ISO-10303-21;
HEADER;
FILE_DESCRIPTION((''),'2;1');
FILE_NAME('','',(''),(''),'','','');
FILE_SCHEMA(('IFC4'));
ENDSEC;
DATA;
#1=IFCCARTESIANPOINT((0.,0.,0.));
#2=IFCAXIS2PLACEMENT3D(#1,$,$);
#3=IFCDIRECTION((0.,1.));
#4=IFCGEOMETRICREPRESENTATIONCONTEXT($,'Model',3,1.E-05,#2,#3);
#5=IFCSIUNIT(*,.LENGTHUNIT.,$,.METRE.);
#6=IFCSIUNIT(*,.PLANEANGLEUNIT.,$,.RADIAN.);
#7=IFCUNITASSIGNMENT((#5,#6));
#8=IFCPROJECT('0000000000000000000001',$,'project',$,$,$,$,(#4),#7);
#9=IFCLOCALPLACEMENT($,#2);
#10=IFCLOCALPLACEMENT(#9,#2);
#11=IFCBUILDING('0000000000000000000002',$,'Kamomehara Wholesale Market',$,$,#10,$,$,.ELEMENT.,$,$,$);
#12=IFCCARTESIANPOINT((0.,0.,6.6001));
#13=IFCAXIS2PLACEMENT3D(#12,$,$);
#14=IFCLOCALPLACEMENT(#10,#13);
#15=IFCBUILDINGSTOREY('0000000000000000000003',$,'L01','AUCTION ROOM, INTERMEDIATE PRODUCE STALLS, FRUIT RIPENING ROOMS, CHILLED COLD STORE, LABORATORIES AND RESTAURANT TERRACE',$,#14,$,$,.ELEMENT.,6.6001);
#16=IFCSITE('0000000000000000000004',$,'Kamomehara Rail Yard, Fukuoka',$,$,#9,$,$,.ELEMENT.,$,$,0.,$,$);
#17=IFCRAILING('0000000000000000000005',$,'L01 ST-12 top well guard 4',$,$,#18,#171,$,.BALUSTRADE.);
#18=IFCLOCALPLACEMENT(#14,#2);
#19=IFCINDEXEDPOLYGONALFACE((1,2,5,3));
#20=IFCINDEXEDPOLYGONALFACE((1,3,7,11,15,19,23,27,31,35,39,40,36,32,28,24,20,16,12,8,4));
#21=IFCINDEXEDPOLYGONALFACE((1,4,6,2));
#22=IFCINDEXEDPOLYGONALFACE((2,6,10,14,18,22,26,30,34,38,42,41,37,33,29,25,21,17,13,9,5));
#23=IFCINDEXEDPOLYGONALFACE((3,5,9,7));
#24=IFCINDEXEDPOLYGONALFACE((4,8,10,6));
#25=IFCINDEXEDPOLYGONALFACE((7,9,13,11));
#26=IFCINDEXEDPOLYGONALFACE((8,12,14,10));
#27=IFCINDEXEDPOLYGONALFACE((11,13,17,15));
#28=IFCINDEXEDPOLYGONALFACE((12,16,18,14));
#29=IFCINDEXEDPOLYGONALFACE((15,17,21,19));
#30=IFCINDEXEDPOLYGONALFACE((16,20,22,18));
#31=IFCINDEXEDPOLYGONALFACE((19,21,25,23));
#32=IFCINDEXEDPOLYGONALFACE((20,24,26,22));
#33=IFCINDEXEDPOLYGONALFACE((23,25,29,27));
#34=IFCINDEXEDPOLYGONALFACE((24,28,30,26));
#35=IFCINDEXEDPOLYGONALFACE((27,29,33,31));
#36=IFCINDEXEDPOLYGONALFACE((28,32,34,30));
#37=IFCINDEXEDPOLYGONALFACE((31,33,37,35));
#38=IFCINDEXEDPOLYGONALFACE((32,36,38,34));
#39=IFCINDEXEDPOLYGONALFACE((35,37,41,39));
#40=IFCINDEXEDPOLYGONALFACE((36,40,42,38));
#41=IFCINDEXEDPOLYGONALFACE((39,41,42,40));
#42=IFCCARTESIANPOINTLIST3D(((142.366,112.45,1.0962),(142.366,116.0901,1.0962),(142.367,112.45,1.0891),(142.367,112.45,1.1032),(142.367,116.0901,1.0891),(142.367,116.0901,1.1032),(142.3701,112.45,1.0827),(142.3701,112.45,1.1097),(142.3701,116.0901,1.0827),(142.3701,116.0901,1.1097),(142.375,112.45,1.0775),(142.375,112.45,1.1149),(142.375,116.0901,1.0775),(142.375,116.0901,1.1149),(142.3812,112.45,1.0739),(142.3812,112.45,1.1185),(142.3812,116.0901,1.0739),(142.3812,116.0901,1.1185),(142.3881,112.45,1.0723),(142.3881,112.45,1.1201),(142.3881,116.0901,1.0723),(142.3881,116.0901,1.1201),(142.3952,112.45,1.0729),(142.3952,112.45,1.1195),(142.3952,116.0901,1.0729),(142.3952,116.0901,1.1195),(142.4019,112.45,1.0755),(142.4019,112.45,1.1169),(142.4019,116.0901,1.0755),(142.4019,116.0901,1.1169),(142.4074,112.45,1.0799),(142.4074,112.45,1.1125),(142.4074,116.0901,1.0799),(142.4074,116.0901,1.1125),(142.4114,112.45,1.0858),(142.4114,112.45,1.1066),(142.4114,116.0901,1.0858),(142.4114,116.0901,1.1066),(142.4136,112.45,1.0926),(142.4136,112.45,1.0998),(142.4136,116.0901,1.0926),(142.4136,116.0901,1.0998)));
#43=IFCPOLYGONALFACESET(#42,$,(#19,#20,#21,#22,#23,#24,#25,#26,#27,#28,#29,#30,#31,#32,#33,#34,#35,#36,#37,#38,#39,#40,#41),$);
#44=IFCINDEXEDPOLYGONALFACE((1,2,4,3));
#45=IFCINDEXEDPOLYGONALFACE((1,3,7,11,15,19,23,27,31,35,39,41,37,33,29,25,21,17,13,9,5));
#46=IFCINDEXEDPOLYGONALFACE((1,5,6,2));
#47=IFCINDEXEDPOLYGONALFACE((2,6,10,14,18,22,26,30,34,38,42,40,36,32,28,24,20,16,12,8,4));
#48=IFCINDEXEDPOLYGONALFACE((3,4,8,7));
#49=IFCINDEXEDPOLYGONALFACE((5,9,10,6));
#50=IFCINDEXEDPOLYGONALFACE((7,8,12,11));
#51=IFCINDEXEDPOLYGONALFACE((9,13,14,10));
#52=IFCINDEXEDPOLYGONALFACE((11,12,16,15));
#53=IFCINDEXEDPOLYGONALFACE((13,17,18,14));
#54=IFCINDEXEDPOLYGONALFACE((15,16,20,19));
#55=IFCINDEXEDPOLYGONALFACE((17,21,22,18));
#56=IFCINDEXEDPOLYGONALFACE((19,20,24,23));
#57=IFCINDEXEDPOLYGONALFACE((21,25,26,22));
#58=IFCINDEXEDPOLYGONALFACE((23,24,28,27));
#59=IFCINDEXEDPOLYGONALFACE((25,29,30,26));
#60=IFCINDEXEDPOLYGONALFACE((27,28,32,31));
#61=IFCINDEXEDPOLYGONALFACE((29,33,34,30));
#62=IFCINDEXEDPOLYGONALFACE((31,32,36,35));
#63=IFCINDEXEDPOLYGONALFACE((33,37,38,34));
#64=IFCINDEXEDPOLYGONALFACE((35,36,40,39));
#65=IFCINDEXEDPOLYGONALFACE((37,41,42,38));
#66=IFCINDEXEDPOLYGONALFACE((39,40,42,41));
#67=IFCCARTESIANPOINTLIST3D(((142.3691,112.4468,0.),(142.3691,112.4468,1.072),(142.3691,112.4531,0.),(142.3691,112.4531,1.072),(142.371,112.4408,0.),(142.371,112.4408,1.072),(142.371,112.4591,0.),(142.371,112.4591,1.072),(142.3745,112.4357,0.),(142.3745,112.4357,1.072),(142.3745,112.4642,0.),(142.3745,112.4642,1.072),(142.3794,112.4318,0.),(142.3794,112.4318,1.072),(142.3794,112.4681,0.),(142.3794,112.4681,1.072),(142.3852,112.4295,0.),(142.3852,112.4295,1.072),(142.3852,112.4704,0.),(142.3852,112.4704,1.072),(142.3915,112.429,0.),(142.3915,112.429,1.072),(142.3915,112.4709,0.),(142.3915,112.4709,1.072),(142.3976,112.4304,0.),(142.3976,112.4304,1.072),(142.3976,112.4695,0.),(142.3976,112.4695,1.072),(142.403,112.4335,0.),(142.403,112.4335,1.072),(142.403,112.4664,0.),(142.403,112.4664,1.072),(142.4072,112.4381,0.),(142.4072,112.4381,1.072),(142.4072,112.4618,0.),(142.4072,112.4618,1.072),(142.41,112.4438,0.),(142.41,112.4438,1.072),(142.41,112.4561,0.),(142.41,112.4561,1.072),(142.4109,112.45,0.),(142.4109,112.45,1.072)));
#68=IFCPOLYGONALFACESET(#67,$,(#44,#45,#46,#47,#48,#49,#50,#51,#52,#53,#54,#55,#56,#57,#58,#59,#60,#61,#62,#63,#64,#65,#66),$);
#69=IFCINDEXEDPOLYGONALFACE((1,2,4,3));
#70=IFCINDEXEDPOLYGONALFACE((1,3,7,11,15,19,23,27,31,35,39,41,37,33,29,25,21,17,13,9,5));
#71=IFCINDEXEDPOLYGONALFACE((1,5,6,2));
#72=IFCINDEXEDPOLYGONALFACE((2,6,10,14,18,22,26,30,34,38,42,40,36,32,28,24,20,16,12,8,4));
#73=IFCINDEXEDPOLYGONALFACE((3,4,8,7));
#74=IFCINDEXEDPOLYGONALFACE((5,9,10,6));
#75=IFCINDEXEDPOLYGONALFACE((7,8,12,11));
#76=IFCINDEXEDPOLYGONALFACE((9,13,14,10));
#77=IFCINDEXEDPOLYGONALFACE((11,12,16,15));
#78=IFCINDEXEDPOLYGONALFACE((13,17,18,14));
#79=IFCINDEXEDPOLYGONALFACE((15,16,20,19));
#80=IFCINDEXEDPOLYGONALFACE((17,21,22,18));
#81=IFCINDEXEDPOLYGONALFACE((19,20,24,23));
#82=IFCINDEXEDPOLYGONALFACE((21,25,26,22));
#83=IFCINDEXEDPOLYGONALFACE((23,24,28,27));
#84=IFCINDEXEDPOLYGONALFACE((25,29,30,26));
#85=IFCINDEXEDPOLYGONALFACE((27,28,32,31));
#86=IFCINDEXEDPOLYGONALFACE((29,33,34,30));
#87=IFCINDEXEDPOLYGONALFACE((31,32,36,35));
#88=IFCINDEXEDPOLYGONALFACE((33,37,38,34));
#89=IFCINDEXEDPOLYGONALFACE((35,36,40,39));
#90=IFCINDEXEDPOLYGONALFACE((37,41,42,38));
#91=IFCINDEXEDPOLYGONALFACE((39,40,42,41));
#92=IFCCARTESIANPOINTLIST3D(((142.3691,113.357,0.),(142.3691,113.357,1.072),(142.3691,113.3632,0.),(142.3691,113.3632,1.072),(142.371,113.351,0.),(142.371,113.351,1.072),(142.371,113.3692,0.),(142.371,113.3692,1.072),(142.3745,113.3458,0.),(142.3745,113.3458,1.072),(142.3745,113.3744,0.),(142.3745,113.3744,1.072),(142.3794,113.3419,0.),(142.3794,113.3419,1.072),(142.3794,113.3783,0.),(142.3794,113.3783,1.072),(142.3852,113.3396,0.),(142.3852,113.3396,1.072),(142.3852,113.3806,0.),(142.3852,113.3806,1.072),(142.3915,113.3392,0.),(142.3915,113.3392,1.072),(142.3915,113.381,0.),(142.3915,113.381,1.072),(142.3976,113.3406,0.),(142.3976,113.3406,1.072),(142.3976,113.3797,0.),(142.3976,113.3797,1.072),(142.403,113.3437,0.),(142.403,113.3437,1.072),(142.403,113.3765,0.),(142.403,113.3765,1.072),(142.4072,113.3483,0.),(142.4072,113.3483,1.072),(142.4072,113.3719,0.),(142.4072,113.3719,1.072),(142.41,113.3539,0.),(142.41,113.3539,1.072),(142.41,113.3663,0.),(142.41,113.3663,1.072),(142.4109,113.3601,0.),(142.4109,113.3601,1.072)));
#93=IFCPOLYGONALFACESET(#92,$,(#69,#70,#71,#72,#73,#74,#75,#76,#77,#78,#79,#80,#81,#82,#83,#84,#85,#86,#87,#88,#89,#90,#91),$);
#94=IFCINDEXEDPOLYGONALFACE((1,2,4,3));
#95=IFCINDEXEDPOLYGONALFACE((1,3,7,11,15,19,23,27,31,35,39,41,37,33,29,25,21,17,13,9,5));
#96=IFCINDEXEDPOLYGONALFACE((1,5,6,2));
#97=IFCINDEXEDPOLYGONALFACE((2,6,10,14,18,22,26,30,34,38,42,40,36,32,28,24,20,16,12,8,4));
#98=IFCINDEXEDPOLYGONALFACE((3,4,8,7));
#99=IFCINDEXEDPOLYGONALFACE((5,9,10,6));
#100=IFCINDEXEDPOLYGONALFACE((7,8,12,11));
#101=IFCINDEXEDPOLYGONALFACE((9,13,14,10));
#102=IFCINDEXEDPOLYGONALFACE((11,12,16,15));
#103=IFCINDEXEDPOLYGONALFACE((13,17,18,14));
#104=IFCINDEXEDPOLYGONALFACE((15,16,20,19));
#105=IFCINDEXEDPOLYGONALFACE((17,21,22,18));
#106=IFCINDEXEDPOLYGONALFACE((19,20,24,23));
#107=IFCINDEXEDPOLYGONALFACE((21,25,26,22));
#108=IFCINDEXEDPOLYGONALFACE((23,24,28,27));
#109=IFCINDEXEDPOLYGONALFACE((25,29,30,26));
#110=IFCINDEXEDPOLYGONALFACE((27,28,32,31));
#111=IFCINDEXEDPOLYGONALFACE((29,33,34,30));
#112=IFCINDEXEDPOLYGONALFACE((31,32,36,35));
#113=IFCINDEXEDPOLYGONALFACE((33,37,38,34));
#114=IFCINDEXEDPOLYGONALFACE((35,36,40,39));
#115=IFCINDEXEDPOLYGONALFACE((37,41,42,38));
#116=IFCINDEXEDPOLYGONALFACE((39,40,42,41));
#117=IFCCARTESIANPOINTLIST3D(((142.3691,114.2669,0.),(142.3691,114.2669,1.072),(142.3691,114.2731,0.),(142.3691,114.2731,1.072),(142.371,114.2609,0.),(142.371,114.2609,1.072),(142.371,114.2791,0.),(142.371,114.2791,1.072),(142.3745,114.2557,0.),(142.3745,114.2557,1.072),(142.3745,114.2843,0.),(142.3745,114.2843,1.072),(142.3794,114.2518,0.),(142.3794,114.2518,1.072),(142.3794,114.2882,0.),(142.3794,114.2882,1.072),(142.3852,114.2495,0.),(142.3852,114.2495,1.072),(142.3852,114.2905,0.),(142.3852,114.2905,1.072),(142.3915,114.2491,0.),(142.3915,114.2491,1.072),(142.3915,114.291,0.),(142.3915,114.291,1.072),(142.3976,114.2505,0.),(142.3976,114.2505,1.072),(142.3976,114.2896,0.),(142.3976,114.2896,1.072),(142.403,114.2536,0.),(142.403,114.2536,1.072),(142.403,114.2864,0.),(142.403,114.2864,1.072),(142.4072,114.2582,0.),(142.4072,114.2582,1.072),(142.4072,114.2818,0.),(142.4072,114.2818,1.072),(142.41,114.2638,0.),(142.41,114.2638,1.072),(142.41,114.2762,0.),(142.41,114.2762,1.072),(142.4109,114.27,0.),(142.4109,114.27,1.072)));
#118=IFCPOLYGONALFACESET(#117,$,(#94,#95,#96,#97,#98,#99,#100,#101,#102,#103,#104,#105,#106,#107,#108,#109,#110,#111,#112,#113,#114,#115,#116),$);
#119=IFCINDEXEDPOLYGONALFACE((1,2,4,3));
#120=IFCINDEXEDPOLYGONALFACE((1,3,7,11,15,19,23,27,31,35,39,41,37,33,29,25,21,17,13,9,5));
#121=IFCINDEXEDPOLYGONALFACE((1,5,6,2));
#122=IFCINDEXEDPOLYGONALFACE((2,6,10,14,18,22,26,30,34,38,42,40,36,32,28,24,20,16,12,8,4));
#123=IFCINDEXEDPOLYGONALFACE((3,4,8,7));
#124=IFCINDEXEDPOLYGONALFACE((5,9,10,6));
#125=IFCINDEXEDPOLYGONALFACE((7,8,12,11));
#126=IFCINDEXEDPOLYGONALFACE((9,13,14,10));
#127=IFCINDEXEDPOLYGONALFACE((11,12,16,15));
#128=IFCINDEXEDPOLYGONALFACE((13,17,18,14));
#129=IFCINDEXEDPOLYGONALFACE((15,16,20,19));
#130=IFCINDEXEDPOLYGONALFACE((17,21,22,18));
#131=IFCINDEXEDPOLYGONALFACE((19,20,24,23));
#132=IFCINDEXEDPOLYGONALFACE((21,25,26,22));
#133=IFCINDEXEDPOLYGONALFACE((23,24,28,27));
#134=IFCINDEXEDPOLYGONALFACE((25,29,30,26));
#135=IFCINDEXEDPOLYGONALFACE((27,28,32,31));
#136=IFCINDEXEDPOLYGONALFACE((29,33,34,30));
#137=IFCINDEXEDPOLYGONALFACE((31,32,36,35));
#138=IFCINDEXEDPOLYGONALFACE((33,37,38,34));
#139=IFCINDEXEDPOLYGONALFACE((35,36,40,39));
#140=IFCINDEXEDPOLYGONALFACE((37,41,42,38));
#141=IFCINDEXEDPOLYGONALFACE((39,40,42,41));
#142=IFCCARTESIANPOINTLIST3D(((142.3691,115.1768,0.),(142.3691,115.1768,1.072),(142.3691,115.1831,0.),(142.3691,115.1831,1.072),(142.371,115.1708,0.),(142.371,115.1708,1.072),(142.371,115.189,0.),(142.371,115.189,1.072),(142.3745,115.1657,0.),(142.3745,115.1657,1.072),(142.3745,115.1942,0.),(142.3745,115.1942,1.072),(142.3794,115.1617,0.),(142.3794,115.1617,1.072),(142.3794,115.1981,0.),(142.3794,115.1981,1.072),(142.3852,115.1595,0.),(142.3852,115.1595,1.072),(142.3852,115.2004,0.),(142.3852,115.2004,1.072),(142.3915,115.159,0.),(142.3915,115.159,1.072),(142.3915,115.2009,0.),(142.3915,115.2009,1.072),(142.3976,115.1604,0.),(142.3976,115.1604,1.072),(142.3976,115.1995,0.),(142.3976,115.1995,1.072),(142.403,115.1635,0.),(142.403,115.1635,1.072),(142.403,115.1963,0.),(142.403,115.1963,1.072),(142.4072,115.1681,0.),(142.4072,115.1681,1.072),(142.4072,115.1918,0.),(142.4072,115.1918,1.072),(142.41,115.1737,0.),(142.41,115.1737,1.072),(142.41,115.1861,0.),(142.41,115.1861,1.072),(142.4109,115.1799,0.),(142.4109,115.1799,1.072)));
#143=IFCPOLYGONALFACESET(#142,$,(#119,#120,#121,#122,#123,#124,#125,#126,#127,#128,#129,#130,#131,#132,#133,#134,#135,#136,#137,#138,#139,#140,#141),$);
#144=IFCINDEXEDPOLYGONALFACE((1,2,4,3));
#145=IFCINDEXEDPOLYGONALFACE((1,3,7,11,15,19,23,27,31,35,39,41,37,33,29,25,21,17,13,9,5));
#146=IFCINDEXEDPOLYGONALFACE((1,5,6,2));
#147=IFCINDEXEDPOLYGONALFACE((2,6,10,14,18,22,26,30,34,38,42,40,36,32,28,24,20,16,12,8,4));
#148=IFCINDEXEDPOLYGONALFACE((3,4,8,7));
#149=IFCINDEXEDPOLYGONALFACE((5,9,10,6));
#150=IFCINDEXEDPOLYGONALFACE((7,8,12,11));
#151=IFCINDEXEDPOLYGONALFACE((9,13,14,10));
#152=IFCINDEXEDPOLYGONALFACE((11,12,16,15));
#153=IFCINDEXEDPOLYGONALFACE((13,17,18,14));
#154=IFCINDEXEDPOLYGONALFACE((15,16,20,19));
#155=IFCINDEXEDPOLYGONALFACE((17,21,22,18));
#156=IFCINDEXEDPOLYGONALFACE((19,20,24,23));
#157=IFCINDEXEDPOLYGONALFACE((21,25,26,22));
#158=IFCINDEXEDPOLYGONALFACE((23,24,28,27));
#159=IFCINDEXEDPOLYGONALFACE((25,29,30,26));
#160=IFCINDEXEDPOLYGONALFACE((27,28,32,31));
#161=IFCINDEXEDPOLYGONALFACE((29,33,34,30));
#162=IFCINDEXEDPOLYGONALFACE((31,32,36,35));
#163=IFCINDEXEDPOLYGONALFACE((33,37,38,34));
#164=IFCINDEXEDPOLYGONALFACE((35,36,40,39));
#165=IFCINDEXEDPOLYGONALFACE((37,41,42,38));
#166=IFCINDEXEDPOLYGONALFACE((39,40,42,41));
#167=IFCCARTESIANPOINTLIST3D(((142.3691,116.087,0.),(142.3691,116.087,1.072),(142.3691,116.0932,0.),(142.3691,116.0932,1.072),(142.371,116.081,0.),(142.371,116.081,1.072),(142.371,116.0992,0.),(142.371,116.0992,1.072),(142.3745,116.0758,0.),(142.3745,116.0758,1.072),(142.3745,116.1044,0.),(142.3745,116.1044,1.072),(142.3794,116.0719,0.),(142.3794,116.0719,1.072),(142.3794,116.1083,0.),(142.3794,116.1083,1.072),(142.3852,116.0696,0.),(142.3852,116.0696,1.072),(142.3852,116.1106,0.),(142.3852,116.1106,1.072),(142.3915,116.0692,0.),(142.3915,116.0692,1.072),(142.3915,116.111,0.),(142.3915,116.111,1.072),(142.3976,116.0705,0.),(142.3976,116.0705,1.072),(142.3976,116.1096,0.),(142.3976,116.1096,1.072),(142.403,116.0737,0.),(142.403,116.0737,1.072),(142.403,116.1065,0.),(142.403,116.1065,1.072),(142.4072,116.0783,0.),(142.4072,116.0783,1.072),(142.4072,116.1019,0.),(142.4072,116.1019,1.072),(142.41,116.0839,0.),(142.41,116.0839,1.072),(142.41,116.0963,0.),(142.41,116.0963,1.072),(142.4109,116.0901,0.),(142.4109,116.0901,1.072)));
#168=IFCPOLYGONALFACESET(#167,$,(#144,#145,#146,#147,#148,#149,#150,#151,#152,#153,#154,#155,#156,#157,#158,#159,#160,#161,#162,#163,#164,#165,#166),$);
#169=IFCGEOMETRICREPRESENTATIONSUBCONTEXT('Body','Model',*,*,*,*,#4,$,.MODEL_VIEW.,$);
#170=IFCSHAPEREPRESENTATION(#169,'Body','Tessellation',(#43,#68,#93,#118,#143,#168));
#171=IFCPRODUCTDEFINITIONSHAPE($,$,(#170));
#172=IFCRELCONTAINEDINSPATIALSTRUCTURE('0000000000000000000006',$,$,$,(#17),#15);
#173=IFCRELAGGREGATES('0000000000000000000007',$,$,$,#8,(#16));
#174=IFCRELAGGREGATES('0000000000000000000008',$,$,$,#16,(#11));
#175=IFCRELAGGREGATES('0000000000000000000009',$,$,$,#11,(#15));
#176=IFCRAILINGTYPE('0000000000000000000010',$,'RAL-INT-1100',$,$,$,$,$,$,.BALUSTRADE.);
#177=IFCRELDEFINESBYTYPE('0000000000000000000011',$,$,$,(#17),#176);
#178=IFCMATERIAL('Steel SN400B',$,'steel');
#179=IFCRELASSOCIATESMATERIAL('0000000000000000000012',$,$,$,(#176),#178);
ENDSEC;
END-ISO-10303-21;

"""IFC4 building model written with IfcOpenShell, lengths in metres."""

from ifc_helpers import new_model, si_unit, direction, frame, origin, origin_2d, place, context, subcontext, project, spatial, circle, extrude, material, type_object, element, save


model = new_model("IFC4")

# Units and contexts
model_context = context("Model", 3, precision=1e-05, world=origin(), true_north=direction((0.0, 1.0)))
body_context = subcontext(model_context, "Body", "Model", "MODEL_VIEW")
ifc_project = project(units=[si_unit("LENGTHUNIT", "METRE"), si_unit("PLANEANGLEUNIT", "RADIAN")], contexts=[model_context])

# Site, building, storey
site_placement = place(None, origin())
site = spatial("IfcSite", under=ifc_project, at=site_placement, Name="Kamomehara Rail Yard, Fukuoka", CompositionType="ELEMENT", RefElevation=0.0)
building_placement = place(site_placement, origin())
building = spatial("IfcBuilding", under=site, at=building_placement, Name="Kamomehara Wholesale Market", CompositionType="ELEMENT")
storey_placement = place(building_placement, frame((0.0, 0.0, 6.6001)))
storey = spatial("IfcBuildingStorey", under=building, at=storey_placement, Name="L01", Description="AUCTION ROOM, INTERMEDIATE PRODUCE STALLS, FRUIT RIPENING ROOMS, CHILLED COLD STORE, LABORATORIES AND RESTAURANT TERRACE", CompositionType="ELEMENT", Elevation=6.6001)

# Railing
ifc_material_1 = material(Name="Steel SN400B", Category="steel")
railing_type = type_object("IfcRailingType", Name="RAL-INT-1100", PredefinedType="BALUSTRADE", material=ifc_material_1)
railing_1_placement = place(storey_placement, frame((142.3899, 112.45, 0.0)))
element("IfcRailing", 1, at=railing_1_placement, inside=storey, type_object=railing_type, Name="L01 ST-12 top well guard 4", PredefinedType="BALUSTRADE", context=body_context, shape_type="SweptSolid", body=[
    extrude(circle(Radius=0.0239, at=origin_2d()), frame((0.0, 0.0, 1.0962), z_axis=(0.0, 1.0, 0.0), x_axis=(-1.0, 0.0, 0.0)), (0.0, 0.0, 1.0), 3.6401),
    extrude(circle(Radius=0.021, at=origin_2d()), origin(), (0.0, 0.0, 1.0), 1.072),
    extrude(circle(Radius=0.021, at=origin_2d()), frame((0.0, 0.9102, 0.0)), (0.0, 0.0, 1.0), 1.072),
    extrude(circle(Radius=0.021, at=origin_2d()), frame((0.0, 1.8201, 0.0)), (0.0, 0.0, 1.0), 1.072),
    extrude(circle(Radius=0.021, at=origin_2d()), frame((0.0, 2.73, 0.0)), (0.0, 0.0, 1.0), 1.072),
    extrude(circle(Radius=0.021, at=origin_2d()), frame((0.0, 3.6401, 0.0)), (0.0, 0.0, 1.0), 1.072),
])

save(model, "model.ifc")
